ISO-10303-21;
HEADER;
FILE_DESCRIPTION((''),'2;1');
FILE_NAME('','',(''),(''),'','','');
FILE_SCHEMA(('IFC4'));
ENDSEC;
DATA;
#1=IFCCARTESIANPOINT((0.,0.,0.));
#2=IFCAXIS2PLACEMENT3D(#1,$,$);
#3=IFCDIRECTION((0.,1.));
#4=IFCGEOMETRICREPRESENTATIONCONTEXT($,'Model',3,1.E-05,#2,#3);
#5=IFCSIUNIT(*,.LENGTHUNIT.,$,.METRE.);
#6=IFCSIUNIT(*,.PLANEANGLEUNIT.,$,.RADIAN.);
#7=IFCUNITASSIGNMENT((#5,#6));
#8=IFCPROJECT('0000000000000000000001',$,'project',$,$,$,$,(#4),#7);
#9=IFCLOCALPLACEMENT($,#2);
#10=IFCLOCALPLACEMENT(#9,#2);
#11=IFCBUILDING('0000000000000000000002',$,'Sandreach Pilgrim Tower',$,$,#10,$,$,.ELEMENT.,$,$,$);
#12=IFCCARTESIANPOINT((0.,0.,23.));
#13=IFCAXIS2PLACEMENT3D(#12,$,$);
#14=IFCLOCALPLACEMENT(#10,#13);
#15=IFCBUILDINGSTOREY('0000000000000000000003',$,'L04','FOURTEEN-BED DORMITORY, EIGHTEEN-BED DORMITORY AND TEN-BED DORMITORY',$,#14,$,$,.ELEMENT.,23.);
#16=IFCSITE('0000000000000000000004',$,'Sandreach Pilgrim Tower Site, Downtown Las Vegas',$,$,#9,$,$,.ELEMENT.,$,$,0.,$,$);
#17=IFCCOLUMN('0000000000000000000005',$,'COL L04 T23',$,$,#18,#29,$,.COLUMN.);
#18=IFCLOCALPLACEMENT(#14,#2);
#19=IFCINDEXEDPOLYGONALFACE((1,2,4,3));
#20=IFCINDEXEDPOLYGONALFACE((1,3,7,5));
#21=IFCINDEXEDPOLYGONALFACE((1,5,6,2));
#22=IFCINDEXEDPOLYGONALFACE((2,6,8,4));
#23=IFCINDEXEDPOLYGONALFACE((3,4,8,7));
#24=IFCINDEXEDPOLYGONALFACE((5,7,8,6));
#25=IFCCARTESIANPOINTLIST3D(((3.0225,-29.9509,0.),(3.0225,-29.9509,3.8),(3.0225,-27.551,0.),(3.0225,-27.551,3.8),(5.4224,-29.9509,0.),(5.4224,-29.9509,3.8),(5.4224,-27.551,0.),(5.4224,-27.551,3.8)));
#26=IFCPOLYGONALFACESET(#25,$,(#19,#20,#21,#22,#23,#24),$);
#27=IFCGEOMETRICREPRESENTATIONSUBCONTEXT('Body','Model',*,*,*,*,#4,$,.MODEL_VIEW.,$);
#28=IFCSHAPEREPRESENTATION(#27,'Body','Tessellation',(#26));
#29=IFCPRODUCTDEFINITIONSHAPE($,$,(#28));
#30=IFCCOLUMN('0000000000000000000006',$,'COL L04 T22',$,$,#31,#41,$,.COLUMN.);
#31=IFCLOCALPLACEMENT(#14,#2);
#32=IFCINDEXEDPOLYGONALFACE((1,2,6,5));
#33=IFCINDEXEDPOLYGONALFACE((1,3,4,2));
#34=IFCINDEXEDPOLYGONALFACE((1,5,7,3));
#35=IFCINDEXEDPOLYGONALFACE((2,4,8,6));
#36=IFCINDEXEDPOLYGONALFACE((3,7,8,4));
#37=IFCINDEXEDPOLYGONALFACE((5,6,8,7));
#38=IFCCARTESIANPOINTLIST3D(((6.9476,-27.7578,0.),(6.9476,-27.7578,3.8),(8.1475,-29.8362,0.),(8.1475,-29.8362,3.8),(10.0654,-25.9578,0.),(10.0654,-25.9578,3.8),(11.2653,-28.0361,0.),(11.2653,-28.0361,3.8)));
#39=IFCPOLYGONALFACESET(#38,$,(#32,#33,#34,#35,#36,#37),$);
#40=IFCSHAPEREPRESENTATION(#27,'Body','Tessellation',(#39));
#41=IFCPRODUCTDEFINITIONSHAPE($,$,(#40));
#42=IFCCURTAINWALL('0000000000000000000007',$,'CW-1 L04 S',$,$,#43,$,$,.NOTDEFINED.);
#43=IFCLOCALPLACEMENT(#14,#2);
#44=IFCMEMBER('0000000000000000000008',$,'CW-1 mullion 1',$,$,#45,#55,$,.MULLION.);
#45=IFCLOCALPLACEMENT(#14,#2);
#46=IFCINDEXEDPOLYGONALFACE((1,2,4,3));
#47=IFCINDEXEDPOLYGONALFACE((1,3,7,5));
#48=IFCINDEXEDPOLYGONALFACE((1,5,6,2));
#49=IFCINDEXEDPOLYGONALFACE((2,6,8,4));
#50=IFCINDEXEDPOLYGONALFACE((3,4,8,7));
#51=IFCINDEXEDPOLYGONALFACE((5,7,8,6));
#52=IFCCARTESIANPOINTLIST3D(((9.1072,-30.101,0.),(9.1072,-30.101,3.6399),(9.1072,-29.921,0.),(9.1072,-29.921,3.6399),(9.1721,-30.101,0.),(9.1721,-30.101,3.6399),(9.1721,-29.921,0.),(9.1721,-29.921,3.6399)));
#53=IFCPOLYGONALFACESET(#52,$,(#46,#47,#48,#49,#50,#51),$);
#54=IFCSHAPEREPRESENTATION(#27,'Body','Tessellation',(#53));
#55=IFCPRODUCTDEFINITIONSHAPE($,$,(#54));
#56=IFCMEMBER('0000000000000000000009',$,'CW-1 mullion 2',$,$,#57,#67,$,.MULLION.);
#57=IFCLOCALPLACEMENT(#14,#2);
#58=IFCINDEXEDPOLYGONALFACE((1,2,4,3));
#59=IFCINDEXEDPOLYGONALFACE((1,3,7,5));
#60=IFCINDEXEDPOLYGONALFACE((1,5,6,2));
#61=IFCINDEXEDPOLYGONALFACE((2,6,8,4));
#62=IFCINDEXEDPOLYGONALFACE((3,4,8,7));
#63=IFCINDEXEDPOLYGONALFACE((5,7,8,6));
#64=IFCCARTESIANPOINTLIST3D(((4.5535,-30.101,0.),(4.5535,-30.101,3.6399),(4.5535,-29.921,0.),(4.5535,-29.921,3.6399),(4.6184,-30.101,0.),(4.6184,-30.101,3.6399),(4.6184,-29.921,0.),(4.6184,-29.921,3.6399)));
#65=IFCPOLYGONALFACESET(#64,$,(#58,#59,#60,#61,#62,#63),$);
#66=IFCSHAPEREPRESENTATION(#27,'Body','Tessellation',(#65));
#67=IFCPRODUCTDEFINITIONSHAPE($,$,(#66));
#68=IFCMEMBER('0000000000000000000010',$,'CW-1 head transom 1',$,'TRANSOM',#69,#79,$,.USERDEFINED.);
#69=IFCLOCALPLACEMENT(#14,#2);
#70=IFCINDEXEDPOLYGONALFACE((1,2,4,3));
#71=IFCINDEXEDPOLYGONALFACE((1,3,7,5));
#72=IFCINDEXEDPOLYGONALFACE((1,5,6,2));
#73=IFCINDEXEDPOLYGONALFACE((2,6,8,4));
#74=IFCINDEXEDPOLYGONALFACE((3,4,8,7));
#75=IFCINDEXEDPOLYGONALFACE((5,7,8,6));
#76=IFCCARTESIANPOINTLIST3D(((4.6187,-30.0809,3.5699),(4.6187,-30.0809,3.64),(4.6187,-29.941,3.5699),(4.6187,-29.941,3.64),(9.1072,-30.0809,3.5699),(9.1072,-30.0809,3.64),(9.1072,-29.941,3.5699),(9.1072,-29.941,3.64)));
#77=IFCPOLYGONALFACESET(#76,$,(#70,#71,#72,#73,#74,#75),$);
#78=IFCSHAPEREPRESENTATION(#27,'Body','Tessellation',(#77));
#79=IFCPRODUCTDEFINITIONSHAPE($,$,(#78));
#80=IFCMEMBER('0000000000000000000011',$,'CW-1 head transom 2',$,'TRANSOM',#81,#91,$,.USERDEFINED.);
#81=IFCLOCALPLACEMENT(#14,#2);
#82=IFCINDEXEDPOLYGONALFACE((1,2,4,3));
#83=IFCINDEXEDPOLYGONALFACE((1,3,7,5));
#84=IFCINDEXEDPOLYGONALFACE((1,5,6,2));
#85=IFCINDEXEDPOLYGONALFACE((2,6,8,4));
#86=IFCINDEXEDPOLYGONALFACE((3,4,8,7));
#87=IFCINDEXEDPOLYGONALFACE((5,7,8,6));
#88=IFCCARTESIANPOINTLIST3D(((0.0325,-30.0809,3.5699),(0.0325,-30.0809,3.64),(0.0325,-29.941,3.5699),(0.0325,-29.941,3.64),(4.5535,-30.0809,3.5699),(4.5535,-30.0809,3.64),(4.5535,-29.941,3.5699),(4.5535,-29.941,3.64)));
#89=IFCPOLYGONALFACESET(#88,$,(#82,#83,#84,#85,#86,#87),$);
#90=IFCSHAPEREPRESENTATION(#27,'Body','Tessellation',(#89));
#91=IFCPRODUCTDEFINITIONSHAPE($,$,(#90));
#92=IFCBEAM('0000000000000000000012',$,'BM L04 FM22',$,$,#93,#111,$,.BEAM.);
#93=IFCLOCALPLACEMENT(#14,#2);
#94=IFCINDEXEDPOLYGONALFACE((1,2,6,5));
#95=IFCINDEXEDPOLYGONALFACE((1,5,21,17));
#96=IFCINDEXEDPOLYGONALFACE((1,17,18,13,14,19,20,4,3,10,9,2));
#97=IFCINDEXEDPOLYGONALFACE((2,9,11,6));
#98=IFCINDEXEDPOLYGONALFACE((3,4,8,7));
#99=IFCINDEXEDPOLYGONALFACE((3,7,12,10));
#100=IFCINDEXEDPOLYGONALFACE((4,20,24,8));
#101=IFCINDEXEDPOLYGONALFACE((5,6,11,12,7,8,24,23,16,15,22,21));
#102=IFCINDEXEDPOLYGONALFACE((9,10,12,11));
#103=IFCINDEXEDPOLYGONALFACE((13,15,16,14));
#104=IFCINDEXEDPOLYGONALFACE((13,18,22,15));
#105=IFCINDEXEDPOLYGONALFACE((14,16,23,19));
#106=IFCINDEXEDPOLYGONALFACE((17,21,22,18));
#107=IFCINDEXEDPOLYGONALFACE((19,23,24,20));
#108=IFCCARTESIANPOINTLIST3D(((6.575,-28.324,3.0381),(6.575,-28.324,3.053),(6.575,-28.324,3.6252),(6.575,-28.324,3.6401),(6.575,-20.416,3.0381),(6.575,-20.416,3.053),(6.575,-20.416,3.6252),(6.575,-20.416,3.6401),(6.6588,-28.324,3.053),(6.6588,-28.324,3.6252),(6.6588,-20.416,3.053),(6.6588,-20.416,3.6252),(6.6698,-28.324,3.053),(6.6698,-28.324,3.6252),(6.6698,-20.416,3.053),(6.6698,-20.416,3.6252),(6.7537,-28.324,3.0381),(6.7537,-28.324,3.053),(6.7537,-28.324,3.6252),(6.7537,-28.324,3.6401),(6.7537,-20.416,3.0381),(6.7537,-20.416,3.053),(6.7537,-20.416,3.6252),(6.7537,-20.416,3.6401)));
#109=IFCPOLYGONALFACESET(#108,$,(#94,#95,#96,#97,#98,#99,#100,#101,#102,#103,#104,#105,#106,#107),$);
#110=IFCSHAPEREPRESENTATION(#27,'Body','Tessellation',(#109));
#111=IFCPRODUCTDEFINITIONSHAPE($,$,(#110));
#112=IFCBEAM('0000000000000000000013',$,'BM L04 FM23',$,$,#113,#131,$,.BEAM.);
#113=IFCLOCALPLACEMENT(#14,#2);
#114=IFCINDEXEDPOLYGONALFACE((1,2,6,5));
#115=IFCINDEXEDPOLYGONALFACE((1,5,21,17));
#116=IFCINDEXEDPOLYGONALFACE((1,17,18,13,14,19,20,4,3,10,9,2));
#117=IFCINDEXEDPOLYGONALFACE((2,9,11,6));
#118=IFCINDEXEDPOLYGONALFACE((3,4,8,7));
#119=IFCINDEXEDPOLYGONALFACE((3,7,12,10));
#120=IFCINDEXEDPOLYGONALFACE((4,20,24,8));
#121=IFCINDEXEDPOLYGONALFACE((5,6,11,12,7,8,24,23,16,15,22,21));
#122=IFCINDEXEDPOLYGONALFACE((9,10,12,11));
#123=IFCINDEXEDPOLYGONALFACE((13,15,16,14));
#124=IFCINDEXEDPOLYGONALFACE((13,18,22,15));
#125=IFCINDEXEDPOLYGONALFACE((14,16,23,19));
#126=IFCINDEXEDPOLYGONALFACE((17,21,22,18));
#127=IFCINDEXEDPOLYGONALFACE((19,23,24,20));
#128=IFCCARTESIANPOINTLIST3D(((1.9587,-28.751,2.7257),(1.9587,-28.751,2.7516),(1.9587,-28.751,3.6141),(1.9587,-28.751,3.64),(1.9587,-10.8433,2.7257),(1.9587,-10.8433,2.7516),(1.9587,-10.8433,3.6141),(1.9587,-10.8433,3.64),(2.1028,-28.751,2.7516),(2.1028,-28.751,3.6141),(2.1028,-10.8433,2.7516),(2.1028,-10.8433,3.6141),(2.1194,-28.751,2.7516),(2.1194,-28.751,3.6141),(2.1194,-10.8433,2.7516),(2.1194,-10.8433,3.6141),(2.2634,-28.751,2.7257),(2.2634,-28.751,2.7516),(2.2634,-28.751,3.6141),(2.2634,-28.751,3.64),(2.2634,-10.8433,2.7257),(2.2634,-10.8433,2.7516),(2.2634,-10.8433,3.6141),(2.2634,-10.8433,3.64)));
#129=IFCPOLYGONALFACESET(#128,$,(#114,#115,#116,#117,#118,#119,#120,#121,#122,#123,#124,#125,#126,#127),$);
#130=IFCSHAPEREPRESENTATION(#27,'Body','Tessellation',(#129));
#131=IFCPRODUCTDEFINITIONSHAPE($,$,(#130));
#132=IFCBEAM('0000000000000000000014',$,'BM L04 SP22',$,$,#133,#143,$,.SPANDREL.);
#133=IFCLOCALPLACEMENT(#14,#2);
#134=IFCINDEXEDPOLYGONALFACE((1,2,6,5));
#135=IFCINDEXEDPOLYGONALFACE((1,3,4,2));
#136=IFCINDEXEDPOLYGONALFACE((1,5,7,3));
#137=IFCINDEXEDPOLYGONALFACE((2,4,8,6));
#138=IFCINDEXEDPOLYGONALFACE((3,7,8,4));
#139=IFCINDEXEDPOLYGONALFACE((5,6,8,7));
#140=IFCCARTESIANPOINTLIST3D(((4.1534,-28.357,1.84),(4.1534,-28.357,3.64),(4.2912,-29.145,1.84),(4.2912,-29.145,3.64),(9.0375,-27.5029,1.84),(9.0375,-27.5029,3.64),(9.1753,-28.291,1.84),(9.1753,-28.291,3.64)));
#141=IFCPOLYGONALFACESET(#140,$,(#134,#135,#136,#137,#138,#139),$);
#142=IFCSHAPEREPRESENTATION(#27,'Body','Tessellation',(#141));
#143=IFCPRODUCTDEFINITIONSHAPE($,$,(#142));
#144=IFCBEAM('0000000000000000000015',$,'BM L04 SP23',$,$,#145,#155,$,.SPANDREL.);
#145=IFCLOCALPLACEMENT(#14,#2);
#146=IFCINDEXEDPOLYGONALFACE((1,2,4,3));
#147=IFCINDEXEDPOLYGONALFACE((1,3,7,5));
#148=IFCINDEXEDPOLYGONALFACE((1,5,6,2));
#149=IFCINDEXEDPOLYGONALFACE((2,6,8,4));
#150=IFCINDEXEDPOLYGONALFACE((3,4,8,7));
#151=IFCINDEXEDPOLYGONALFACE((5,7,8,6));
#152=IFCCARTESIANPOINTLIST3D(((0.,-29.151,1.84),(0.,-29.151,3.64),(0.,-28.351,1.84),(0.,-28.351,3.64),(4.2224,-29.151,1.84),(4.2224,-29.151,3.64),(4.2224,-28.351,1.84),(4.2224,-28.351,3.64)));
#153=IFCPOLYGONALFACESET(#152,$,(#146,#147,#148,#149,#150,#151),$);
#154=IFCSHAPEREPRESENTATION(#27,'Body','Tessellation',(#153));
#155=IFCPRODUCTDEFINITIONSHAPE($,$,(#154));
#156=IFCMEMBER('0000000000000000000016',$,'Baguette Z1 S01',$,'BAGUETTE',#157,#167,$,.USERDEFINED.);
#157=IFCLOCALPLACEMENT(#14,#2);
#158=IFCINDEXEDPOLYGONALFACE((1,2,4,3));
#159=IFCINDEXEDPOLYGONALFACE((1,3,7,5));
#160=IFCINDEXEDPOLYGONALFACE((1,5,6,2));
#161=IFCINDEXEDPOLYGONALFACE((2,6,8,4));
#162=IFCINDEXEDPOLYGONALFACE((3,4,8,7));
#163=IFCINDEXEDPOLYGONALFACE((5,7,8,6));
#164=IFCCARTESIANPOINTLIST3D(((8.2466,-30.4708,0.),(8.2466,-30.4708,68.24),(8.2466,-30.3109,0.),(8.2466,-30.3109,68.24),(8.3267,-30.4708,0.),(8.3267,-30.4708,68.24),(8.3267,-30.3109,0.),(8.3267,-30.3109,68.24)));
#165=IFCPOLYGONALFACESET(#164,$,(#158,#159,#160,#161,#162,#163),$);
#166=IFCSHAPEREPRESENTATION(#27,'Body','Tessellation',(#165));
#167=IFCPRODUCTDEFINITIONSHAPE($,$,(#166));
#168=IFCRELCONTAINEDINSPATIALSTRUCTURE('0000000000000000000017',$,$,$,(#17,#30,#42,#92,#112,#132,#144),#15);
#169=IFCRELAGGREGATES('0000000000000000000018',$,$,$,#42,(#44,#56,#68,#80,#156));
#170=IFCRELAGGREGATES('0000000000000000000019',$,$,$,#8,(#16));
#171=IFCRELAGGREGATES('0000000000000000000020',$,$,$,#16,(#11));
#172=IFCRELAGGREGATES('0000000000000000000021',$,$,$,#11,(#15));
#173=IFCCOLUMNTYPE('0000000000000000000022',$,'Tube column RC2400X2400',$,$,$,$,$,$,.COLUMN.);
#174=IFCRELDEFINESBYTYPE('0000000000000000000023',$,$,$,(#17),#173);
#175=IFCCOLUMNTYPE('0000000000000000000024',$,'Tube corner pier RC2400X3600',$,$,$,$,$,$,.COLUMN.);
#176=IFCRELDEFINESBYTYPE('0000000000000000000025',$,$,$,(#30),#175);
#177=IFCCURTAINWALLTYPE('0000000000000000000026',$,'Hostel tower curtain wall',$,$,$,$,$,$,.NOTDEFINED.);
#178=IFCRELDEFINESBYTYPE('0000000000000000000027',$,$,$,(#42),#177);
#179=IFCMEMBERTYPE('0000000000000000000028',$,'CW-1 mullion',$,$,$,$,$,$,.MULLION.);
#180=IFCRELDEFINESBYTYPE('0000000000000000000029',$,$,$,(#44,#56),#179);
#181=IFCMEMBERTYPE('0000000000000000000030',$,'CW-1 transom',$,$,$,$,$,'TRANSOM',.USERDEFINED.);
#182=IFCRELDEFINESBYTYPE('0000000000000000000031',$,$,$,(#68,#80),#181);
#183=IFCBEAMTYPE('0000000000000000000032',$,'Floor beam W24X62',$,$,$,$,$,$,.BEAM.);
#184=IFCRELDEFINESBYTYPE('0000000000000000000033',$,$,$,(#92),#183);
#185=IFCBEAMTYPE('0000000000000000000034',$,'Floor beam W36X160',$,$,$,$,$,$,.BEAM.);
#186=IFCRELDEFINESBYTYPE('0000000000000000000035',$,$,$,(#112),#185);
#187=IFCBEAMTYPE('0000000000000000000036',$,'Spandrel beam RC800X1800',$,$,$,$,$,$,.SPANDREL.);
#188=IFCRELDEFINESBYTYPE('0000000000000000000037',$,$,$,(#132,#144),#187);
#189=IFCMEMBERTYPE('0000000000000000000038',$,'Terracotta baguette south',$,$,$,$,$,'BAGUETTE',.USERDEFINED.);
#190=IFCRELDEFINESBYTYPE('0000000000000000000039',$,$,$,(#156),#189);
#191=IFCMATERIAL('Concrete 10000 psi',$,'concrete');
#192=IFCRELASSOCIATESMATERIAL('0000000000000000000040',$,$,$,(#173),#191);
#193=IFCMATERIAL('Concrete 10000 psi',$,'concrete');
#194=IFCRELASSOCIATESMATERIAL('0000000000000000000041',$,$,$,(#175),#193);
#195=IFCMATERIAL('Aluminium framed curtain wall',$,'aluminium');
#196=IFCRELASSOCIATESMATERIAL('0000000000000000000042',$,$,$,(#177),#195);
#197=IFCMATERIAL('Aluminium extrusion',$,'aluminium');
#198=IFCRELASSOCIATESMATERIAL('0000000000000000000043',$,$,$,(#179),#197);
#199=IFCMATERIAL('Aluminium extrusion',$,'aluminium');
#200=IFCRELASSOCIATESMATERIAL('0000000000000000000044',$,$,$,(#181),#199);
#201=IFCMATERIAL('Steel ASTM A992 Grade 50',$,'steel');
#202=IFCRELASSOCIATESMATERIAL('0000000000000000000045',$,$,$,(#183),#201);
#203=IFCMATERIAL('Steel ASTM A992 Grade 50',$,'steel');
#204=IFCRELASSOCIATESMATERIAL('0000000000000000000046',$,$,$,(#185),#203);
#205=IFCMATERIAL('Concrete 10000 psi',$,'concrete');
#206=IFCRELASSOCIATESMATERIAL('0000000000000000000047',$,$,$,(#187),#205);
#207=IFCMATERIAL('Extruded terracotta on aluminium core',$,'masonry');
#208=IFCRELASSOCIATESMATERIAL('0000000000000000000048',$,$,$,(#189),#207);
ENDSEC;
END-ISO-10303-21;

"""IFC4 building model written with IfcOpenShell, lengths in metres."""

from ifc_helpers import new_model, si_unit, direction, frame, origin, origin_2d, place, context, subcontext, project, spatial, rectangle, i_section, extrude, material, material_profile, profile_set, type_object, element, aggregate, save


model = new_model("IFC4")

# Units and contexts
model_context = context("Model", 3, precision=1e-05, world=origin(), true_north=direction((0.0, 1.0)))
body_context = subcontext(model_context, "Body", "Model", "MODEL_VIEW")
ifc_project = project(units=[si_unit("LENGTHUNIT", "METRE"), si_unit("PLANEANGLEUNIT", "RADIAN")], contexts=[model_context])

# Site, building, storey
site_placement = place(None, origin())
site = spatial("IfcSite", under=ifc_project, at=site_placement, Name="Sandreach Pilgrim Tower Site, Downtown Las Vegas", CompositionType="ELEMENT", RefElevation=0.0)
building_placement = place(site_placement, origin())
building = spatial("IfcBuilding", under=site, at=building_placement, Name="Sandreach Pilgrim Tower", CompositionType="ELEMENT")
storey_placement = place(building_placement, frame((0.0, 0.0, 23.0)))
storey = spatial("IfcBuildingStorey", under=building, at=storey_placement, Name="L04", Description="FOURTEEN-BED DORMITORY, EIGHTEEN-BED DORMITORY AND TEN-BED DORMITORY", CompositionType="ELEMENT", Elevation=23.0)

# Columns
ifc_material_1 = material(Name="Concrete 10000 psi", Category="concrete")
ifc_material_profile_1 = material_profile(ifc_material_1, rectangle(XDim=2.3999, YDim=2.3999, at=origin_2d()), Name="RC2400X2400")
ifc_profile_set_1 = profile_set([ifc_material_profile_1], Name="Concrete 10000 psi")
column_type_1 = type_object("IfcColumnType", Name="Tube column RC2400X2400", PredefinedType="COLUMN", material=ifc_profile_set_1)
column_1_placement = place(storey_placement, frame((4.2224, -28.751, 0.0), z_axis=(0.0, 0.0, 1.0), x_axis=(0.0, -1.0, 0.0)))
element("IfcColumn", 1, at=column_1_placement, inside=storey, type_object=column_type_1, Name="COL L04 T23", PredefinedType="COLUMN", context=body_context, shape_type="SweptSolid", body=[
    extrude(rectangle(XDim=2.3999, YDim=2.3999, at=origin_2d()), origin(), (0.0, 0.0, 1.0), 3.8),
])
ifc_material_2 = material(Name="Concrete 10000 psi", Category="concrete")
ifc_material_profile_2 = material_profile(ifc_material_2, rectangle(XDim=2.3999, YDim=3.6001, at=origin_2d()), Name="RC2400X3600")
ifc_profile_set_2 = profile_set([ifc_material_profile_2], Name="Concrete 10000 psi")
column_type_2 = type_object("IfcColumnType", Name="Tube corner pier RC2400X3600", PredefinedType="COLUMN", material=ifc_profile_set_2)
column_2_placement = place(storey_placement, frame((9.1064, -27.897, 0.0), z_axis=(0.0, 0.0, 1.0), x_axis=(0.5, -0.866025, 0.0)))
element("IfcColumn", 2, at=column_2_placement, inside=storey, type_object=column_type_2, Name="COL L04 T22", PredefinedType="COLUMN", context=body_context, shape_type="SweptSolid", body=[
    extrude(rectangle(XDim=2.3999, YDim=3.6001, at=origin_2d()), origin(), (0.0, 0.0, 1.0), 3.8),
])

# Curtain wall, members
ifc_material_3 = material(Name="Aluminium framed curtain wall", Category="aluminium")
curtain_wall_type = type_object("IfcCurtainWallType", Name="Hostel tower curtain wall", PredefinedType="NOTDEFINED", material=ifc_material_3)
curtain_wall_placement = place(storey_placement, origin())
curtain_wall = element("IfcCurtainWall", 3, at=curtain_wall_placement, inside=storey, type_object=curtain_wall_type, Name="CW-1 L04 S", PredefinedType="NOTDEFINED")
ifc_material_4 = material(Name="Aluminium extrusion", Category="aluminium")
ifc_material_profile_3 = material_profile(ifc_material_4, rectangle(XDim=0.0649, YDim=0.1799, at=origin_2d()), Name="CW-1M 65X180")
ifc_profile_set_3 = profile_set([ifc_material_profile_3], Name="Aluminium extrusion")
member_type_1 = type_object("IfcMemberType", Name="CW-1 mullion", PredefinedType="MULLION", material=ifc_profile_set_3)
member_1_placement = place(storey_placement, frame((9.1396, -30.011, 0.0), z_axis=(0.0, 0.0, 1.0), x_axis=(-1.0, 0.0, 0.0)))
member_1 = element("IfcMember", 4, at=member_1_placement, type_object=member_type_1, Name="CW-1 mullion 1", PredefinedType="MULLION", context=body_context, shape_type="SweptSolid", body=[
    extrude(rectangle(XDim=0.0649, YDim=0.1799, at=origin_2d()), origin(), (0.0, 0.0, 1.0), 3.6399),
])
member_2_placement = place(storey_placement, frame((4.5859, -30.011, 0.0), z_axis=(0.0, 0.0, 1.0), x_axis=(-1.0, 0.0, 0.0)))
member_2 = element("IfcMember", 5, at=member_2_placement, type_object=member_type_1, Name="CW-1 mullion 2", PredefinedType="MULLION", context=body_context, shape_type="SweptSolid", body=[
    extrude(rectangle(XDim=0.0649, YDim=0.1799, at=origin_2d()), origin(), (0.0, 0.0, 1.0), 3.6399),
])
ifc_material_5 = material(Name="Aluminium extrusion", Category="aluminium")
ifc_material_profile_4 = material_profile(ifc_material_5, rectangle(XDim=0.1399, YDim=0.0701, at=origin_2d()), Name="CW-1T 140X70")
ifc_profile_set_4 = profile_set([ifc_material_profile_4], Name="Aluminium extrusion")
member_type_2 = type_object("IfcMemberType", Name="CW-1 transom", ElementType="TRANSOM", PredefinedType="USERDEFINED", material=ifc_profile_set_4)
member_3_placement = place(storey_placement, frame((9.1072, -30.011, 3.605), z_axis=(-1.0, 0.0, 0.0), x_axis=(0.0, -1.0, 0.0)))
member_3 = element("IfcMember", 6, at=member_3_placement, type_object=member_type_2, Name="CW-1 head transom 1", ObjectType="TRANSOM", PredefinedType="USERDEFINED", context=body_context, shape_type="SweptSolid", body=[
    extrude(rectangle(XDim=0.1399, YDim=0.0701, at=origin_2d()), origin(), (0.0, 0.0, 1.0), 4.4885),
])
member_4_placement = place(storey_placement, frame((4.5535, -30.011, 3.605), z_axis=(-1.0, 0.0, 0.0), x_axis=(0.0, -1.0, 0.0)))
member_4 = element("IfcMember", 7, at=member_4_placement, type_object=member_type_2, Name="CW-1 head transom 2", ObjectType="TRANSOM", PredefinedType="USERDEFINED", context=body_context, shape_type="SweptSolid", body=[
    extrude(rectangle(XDim=0.1399, YDim=0.0701, at=origin_2d()), origin(), (0.0, 0.0, 1.0), 4.521),
])

# Beams
ifc_material_6 = material(Name="Steel ASTM A992 Grade 50", Category="steel")
ifc_material_profile_5 = material_profile(ifc_material_6, i_section(OverallWidth=0.1787, OverallDepth=0.6021, WebThickness=0.011, FlangeThickness=0.0149, at=origin_2d()), Name="W24X62")
ifc_profile_set_5 = profile_set([ifc_material_profile_5], Name="Steel ASTM A992 Grade 50")
beam_type_1 = type_object("IfcBeamType", Name="Floor beam W24X62", PredefinedType="BEAM", material=ifc_profile_set_5)
beam_1_placement = place(storey_placement, frame((6.6643, -28.324, 3.3391), z_axis=(0.0, 1.0, 0.0), x_axis=(-1.0, 0.0, 0.0)))
element("IfcBeam", 8, at=beam_1_placement, inside=storey, type_object=beam_type_1, Name="BM L04 FM22", PredefinedType="BEAM", context=body_context, shape_type="SweptSolid", body=[
    extrude(i_section(OverallWidth=0.1787, OverallDepth=0.6021, WebThickness=0.011, FlangeThickness=0.0149, at=origin_2d()), origin(), (0.0, 0.0, 1.0), 7.908),
])
ifc_material_7 = material(Name="Steel ASTM A992 Grade 50", Category="steel")
ifc_material_profile_6 = material_profile(ifc_material_7, i_section(OverallWidth=0.3047, OverallDepth=0.9143, WebThickness=0.0166, FlangeThickness=0.0259, at=origin_2d()), Name="W36X160")
ifc_profile_set_6 = profile_set([ifc_material_profile_6], Name="Steel ASTM A992 Grade 50")
beam_type_2 = type_object("IfcBeamType", Name="Floor beam W36X160", PredefinedType="BEAM", material=ifc_profile_set_6)
beam_2_placement = place(storey_placement, frame((2.1111, -28.751, 3.1829), z_axis=(0.0, 1.0, 0.0), x_axis=(-1.0, 0.0, 0.0)))
element("IfcBeam", 9, at=beam_2_placement, inside=storey, type_object=beam_type_2, Name="BM L04 FM23", PredefinedType="BEAM", context=body_context, shape_type="SweptSolid", body=[
    extrude(i_section(OverallWidth=0.3047, OverallDepth=0.9143, WebThickness=0.0166, FlangeThickness=0.0259, at=origin_2d()), origin(), (0.0, 0.0, 1.0), 17.9077),
])
ifc_material_8 = material(Name="Concrete 10000 psi", Category="concrete")
ifc_material_profile_7 = material_profile(ifc_material_8, rectangle(XDim=0.8, YDim=1.8, at=origin_2d()), Name="RC800X1800")
ifc_profile_set_7 = profile_set([ifc_material_profile_7], Name="Concrete 10000 psi")
beam_type_3 = type_object("IfcBeamType", Name="Spandrel beam RC800X1800", PredefinedType="SPANDREL", material=ifc_profile_set_7)
beam_3_placement = place(storey_placement, frame((9.1064, -27.897, 2.74), z_axis=(-0.985054, -0.172243, 0.0), x_axis=(0.172243, -0.985054, 0.0)))
element("IfcBeam", 10, at=beam_3_placement, inside=storey, type_object=beam_type_3, Name="BM L04 SP22", PredefinedType="SPANDREL", context=body_context, shape_type="SweptSolid", body=[
    extrude(rectangle(XDim=0.8, YDim=1.8, at=origin_2d()), origin(), (0.0, 0.0, 1.0), 4.9583),
])
beam_4_placement = place(storey_placement, frame((4.2224, -28.751, 2.74), z_axis=(-1.0, 0.0, 0.0), x_axis=(0.0, -1.0, 0.0)))
element("IfcBeam", 11, at=beam_4_placement, inside=storey, type_object=beam_type_3, Name="BM L04 SP23", PredefinedType="SPANDREL", context=body_context, shape_type="SweptSolid", body=[
    extrude(rectangle(XDim=0.8, YDim=1.8, at=origin_2d()), origin(), (0.0, 0.0, 1.0), 4.2224),
])

# Member
ifc_material_9 = material(Name="Extruded terracotta on aluminium core", Category="masonry")
ifc_material_profile_8 = material_profile(ifc_material_9, rectangle(XDim=0.0801, YDim=0.1599, at=origin_2d()), Name="TBS 80X160")
ifc_profile_set_8 = profile_set([ifc_material_profile_8], Name="Extruded terracotta on aluminium core")
member_type_3 = type_object("IfcMemberType", Name="Terracotta baguette south", ElementType="BAGUETTE", PredefinedType="USERDEFINED", material=ifc_profile_set_8)
member_5_placement = place(storey_placement, frame((8.2866, -30.3909, 0.0), z_axis=(0.0, 0.0, 1.0), x_axis=(-1.0, 0.0, 0.0)))
member_5 = element("IfcMember", 12, at=member_5_placement, type_object=member_type_3, Name="Baguette Z1 S01", ObjectType="BAGUETTE", PredefinedType="USERDEFINED", context=body_context, shape_type="SweptSolid", body=[
    extrude(rectangle(XDim=0.0801, YDim=0.1599, at=origin_2d()), origin(), (0.0, 0.0, 1.0), 68.24),
])

aggregate(curtain_wall, [member_1, member_2, member_3, member_4, member_5])

save(model, "model.ifc")
